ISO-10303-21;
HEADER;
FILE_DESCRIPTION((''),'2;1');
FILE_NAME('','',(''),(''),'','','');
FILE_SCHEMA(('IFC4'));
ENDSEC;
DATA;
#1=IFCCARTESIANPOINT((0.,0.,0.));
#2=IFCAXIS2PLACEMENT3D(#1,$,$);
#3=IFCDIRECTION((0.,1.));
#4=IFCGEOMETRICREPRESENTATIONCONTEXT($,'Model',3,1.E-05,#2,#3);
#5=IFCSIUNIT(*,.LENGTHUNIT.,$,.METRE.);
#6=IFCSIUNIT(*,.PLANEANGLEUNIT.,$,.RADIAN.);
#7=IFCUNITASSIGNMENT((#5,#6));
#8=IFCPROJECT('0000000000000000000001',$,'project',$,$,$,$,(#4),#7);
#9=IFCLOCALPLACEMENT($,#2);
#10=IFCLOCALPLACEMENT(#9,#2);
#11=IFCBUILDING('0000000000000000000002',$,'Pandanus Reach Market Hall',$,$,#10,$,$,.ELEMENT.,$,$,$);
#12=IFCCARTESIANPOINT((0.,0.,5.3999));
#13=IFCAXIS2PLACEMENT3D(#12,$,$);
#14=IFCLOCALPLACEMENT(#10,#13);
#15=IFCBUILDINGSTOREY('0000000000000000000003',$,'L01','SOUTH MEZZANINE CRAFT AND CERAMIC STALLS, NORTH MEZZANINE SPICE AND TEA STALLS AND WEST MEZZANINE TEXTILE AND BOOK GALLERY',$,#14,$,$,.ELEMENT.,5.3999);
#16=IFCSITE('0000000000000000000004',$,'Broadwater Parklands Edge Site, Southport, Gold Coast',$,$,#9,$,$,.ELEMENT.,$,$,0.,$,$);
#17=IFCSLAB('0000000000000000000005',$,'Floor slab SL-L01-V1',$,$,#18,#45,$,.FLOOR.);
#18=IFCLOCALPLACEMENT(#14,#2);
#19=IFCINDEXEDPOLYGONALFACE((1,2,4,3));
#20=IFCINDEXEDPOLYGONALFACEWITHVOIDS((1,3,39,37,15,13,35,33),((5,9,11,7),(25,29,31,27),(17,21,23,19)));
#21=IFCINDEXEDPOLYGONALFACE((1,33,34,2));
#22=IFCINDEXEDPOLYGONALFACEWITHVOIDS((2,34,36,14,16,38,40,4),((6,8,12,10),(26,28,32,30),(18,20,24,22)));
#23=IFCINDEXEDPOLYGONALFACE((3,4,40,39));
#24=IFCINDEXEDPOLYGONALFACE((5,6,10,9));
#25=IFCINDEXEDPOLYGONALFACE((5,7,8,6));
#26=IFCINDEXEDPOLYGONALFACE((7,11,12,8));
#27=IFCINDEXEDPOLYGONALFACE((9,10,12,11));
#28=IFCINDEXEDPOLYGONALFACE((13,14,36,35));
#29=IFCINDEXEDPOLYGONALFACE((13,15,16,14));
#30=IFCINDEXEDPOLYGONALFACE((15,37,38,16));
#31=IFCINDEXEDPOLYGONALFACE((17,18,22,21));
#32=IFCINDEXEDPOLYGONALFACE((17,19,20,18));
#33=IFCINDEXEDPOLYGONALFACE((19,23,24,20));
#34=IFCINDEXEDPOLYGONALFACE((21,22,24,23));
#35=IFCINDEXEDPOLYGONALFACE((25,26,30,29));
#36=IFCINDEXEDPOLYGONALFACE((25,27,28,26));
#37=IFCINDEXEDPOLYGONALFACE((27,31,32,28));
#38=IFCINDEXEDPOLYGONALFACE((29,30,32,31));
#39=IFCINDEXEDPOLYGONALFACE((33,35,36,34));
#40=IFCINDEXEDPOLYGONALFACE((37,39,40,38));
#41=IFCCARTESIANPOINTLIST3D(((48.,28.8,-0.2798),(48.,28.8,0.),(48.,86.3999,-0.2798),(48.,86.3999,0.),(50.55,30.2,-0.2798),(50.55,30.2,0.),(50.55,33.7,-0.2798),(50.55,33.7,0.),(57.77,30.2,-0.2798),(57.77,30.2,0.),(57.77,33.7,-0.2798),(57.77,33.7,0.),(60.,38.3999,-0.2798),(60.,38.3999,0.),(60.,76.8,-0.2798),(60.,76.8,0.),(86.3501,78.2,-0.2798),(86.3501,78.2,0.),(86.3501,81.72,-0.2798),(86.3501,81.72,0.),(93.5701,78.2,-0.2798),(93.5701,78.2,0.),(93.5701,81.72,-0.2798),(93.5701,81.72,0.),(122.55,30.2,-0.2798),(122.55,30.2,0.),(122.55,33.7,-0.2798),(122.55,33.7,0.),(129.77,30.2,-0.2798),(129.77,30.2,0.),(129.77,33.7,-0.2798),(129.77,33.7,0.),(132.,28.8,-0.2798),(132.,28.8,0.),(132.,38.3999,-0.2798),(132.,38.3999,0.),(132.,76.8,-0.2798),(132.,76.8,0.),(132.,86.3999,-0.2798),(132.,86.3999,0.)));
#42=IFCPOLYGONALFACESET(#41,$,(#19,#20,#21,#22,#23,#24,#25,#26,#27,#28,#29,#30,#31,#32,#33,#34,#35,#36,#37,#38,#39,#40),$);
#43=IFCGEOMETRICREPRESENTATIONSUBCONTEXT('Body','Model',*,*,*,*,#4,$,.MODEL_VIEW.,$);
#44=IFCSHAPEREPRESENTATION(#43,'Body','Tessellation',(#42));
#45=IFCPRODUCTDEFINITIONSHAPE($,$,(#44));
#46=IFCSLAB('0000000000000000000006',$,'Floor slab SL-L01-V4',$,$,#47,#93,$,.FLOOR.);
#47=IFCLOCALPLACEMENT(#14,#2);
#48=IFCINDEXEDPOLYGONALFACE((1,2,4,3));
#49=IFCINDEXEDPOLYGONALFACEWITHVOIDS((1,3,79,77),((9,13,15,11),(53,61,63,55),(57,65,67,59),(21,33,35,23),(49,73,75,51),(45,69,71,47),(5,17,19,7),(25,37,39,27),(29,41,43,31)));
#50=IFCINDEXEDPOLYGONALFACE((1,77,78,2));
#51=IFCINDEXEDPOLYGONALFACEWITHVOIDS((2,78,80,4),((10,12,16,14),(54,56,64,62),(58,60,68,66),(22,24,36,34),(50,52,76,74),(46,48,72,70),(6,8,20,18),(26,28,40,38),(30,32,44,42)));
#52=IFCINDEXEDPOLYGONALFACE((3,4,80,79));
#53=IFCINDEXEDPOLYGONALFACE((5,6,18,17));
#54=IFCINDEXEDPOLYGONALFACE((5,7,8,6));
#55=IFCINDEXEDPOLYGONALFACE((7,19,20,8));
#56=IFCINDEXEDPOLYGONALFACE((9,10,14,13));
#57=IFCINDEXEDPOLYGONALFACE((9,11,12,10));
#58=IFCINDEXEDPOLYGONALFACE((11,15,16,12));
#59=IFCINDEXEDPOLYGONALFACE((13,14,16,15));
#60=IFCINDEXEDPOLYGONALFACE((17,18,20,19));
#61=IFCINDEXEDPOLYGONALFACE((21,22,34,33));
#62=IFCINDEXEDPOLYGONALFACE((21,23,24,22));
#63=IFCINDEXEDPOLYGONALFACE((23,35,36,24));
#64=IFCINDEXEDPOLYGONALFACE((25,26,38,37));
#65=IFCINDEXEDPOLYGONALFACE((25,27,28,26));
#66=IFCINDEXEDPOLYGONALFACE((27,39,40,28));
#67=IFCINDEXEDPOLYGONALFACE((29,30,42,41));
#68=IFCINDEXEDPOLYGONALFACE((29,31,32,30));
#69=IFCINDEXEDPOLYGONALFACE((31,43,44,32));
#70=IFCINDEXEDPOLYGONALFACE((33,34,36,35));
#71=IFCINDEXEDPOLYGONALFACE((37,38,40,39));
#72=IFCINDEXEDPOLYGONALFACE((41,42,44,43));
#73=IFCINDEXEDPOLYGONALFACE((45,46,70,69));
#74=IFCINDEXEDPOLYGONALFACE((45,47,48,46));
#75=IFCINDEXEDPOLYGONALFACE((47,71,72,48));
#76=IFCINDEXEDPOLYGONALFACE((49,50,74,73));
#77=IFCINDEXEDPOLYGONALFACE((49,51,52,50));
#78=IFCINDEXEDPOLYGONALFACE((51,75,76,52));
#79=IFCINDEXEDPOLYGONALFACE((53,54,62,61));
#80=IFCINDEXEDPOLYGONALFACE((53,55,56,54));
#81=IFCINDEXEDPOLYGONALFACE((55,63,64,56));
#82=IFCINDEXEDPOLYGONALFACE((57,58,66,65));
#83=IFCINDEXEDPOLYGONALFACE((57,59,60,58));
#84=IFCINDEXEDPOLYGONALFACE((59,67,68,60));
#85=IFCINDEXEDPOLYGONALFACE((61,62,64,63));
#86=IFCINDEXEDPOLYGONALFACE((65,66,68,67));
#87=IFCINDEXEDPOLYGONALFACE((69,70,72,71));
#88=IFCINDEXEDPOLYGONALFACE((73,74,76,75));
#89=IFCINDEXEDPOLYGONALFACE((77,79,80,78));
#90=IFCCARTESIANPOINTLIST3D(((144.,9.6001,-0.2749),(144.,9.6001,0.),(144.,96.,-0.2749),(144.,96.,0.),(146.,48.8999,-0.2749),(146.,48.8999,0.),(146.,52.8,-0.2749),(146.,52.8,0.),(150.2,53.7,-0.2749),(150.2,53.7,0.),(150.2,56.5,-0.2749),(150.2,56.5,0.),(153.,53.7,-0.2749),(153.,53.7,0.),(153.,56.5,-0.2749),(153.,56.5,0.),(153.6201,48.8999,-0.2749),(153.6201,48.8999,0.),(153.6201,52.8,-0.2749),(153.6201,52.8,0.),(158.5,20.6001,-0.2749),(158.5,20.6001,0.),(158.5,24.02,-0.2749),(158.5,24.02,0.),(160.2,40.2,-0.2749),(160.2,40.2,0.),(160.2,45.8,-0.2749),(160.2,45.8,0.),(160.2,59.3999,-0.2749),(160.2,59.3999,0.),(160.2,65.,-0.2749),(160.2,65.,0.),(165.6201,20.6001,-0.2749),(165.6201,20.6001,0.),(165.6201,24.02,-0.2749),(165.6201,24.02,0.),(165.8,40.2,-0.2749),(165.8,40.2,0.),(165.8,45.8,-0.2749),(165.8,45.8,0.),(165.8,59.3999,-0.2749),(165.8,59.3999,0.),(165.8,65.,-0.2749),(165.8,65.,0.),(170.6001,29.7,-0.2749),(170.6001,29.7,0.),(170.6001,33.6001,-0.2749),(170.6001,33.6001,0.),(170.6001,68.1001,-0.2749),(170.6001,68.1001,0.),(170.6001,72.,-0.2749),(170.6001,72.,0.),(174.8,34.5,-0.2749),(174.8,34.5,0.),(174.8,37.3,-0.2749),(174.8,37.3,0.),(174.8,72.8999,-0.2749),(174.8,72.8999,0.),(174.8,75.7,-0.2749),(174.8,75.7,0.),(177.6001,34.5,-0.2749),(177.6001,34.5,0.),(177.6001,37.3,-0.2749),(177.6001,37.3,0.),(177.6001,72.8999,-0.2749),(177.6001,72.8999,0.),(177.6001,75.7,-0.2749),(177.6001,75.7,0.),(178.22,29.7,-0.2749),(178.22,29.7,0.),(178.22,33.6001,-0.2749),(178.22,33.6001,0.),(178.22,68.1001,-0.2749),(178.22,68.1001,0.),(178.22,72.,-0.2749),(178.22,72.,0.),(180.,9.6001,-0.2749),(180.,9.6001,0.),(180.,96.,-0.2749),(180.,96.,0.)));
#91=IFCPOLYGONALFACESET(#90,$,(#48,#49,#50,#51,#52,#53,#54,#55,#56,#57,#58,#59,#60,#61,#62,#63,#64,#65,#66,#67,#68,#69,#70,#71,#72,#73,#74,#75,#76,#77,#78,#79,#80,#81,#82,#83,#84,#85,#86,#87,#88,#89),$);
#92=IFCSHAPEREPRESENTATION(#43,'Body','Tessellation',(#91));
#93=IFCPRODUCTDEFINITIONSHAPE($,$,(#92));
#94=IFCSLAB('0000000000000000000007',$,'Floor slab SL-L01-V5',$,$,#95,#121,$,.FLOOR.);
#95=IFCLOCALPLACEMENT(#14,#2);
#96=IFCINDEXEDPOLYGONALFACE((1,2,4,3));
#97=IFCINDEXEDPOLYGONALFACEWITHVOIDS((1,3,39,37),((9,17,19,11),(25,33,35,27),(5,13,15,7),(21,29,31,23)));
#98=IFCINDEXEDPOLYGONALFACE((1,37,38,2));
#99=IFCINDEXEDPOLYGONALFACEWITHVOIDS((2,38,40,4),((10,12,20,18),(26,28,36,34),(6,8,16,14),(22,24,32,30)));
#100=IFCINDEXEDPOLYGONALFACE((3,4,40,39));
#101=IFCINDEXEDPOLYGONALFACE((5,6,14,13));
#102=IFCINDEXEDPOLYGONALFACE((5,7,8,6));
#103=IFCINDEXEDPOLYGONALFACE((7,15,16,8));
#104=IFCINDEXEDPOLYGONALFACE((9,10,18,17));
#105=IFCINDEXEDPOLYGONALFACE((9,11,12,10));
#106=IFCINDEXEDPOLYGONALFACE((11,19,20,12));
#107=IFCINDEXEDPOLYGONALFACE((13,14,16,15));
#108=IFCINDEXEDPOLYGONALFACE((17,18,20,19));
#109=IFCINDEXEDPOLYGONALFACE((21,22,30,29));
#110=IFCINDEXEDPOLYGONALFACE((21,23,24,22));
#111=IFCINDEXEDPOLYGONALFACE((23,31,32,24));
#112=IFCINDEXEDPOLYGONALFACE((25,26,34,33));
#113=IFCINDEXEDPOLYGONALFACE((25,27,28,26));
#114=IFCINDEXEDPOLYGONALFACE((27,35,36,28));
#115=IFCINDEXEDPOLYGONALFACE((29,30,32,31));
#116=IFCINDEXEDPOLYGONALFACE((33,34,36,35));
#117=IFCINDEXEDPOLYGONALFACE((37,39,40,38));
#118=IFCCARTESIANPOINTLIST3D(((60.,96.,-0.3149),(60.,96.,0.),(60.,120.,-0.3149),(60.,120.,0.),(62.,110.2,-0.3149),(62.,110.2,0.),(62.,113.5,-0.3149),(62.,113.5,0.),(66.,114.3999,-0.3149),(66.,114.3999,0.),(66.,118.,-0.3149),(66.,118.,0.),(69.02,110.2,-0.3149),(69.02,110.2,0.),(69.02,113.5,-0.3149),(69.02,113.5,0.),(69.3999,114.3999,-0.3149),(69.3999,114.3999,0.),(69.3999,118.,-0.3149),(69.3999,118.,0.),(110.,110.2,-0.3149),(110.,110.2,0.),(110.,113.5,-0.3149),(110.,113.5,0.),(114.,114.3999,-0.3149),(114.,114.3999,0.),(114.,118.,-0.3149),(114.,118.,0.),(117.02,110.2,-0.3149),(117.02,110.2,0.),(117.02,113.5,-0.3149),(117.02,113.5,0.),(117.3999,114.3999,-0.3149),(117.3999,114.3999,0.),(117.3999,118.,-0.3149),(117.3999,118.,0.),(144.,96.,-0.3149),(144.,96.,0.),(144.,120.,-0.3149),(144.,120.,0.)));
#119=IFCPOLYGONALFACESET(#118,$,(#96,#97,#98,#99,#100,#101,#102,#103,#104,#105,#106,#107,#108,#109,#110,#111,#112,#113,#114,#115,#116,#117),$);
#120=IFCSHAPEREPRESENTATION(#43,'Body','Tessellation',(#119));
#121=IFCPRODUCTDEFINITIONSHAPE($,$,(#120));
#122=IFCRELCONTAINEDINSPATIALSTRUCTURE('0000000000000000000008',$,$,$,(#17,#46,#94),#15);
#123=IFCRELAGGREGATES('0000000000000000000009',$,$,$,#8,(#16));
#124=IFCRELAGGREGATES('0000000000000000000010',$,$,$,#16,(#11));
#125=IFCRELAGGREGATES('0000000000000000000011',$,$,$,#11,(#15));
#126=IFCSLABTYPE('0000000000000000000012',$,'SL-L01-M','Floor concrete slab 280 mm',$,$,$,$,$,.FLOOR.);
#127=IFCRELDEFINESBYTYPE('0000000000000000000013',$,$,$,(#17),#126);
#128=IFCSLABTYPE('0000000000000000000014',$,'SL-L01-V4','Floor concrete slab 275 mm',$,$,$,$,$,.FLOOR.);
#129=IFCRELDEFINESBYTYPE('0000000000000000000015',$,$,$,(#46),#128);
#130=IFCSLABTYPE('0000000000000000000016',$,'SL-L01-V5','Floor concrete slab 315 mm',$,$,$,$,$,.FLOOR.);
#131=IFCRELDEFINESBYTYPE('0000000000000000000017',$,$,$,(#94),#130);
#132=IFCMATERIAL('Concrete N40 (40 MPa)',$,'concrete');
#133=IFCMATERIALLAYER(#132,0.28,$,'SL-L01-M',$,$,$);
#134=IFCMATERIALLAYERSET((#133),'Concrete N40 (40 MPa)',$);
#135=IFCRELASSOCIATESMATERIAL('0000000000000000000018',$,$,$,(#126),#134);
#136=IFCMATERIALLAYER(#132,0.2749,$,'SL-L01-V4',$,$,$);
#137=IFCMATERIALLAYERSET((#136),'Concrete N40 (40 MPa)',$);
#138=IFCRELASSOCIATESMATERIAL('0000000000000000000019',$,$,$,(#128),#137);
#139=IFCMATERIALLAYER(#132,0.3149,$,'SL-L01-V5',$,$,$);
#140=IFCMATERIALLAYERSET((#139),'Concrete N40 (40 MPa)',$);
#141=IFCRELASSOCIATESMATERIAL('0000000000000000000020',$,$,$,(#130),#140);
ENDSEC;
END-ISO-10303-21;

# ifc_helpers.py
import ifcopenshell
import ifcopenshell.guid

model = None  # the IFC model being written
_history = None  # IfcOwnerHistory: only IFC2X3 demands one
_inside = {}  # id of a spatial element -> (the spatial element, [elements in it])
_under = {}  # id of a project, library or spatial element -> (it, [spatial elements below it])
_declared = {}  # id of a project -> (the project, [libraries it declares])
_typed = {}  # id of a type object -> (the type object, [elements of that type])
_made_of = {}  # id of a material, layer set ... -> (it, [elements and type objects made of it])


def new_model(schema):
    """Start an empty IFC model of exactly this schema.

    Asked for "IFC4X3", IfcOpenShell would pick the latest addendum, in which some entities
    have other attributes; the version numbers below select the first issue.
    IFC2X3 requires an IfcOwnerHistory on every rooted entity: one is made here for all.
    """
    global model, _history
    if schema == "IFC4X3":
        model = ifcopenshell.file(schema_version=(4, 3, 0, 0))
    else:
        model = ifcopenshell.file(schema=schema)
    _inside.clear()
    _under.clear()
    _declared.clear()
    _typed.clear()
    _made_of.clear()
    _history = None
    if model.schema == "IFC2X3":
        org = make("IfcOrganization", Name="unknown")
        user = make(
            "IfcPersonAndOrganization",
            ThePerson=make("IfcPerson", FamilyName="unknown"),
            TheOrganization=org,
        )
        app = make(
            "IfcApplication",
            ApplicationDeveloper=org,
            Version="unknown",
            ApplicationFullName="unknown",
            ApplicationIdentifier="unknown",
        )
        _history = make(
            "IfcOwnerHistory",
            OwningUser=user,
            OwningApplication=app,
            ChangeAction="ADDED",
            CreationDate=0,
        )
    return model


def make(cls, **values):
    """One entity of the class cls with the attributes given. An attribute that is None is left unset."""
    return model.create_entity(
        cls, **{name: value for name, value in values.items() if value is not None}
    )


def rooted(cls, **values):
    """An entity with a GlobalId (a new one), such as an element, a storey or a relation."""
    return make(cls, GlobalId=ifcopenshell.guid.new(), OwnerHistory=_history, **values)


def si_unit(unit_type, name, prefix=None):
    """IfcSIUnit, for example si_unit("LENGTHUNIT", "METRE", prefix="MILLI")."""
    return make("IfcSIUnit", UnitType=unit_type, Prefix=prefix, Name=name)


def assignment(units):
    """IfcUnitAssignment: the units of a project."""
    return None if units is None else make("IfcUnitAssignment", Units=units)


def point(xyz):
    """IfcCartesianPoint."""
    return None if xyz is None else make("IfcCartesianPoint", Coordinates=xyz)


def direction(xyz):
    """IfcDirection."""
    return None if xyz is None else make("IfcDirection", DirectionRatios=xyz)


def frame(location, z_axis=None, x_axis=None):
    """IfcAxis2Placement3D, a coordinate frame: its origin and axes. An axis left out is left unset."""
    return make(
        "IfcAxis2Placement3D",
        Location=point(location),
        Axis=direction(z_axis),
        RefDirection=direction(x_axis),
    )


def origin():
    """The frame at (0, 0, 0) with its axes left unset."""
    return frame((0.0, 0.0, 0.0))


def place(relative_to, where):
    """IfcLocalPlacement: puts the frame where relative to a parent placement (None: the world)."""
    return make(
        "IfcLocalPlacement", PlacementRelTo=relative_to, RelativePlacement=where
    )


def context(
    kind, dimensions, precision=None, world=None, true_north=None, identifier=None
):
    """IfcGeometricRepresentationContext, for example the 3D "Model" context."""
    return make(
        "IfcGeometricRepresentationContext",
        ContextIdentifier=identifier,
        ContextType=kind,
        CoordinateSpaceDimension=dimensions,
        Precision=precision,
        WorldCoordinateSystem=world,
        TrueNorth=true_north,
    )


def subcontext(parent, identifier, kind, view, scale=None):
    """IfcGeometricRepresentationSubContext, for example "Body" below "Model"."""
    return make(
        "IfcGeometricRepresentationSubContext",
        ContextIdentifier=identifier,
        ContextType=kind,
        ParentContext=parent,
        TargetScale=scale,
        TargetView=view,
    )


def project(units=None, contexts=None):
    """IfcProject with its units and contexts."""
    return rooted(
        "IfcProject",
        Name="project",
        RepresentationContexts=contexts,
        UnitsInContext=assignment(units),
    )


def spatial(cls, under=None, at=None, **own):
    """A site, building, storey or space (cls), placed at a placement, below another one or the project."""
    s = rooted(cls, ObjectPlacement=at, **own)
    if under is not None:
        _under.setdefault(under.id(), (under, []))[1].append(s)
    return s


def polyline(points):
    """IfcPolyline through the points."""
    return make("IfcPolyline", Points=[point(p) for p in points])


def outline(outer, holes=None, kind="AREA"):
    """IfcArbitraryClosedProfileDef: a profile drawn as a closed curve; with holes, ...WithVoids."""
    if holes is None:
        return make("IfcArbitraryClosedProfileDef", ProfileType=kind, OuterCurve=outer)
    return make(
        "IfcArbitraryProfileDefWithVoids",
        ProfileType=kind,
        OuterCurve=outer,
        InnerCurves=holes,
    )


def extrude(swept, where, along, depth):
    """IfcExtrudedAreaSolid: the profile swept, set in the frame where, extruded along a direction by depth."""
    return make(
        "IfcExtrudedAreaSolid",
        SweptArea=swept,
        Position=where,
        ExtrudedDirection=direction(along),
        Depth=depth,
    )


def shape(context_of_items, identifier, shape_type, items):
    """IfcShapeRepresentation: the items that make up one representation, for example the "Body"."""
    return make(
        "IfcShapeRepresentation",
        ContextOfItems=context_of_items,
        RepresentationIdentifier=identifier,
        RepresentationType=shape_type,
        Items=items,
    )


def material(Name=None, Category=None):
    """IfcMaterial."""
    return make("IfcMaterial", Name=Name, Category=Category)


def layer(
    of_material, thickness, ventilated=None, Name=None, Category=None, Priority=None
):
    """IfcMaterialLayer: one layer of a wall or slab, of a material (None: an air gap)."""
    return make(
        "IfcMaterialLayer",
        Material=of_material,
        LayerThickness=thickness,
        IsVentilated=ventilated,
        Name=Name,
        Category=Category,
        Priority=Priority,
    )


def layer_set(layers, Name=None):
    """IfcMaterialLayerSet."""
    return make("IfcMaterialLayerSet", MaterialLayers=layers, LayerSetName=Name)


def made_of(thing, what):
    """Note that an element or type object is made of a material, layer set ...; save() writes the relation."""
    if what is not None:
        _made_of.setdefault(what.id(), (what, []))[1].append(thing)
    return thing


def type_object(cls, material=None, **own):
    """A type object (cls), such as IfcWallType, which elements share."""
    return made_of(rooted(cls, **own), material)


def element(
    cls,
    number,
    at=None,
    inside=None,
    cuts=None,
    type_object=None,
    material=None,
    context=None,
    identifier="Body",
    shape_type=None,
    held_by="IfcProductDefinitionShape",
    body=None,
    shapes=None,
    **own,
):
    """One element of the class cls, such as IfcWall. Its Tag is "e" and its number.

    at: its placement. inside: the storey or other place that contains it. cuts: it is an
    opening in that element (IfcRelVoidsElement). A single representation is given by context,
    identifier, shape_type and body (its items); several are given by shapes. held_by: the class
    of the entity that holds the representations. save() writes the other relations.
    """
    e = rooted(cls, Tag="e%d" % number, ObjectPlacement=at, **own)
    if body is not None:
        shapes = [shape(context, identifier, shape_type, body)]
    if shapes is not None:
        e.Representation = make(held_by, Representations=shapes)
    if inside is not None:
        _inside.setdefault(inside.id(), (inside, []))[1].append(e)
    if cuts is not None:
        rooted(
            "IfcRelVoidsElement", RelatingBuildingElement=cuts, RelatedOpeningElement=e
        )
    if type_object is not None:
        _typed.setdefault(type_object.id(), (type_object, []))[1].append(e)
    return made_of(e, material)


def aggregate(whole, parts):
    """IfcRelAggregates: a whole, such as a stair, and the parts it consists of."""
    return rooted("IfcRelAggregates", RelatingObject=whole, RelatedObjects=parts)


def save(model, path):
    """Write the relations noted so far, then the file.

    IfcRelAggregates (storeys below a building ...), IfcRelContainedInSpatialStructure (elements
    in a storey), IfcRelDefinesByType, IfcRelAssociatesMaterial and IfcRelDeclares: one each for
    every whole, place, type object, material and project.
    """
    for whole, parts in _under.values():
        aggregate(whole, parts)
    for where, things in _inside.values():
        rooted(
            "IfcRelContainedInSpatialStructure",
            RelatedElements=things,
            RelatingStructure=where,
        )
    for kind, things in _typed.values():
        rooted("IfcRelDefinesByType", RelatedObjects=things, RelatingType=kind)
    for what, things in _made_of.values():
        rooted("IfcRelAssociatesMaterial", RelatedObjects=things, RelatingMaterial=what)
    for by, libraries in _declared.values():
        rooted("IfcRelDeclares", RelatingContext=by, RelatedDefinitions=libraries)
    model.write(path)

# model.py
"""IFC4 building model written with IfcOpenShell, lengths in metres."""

from ifc_helpers import new_model, si_unit, direction, frame, origin, place, context, subcontext, project, spatial, polyline, outline, extrude, material, layer, layer_set, type_object, element, save


model = new_model("IFC4")

# Units and contexts
model_context = context("Model", 3, precision=1e-05, world=origin(), true_north=direction((0.0, 1.0)))
body_context = subcontext(model_context, "Body", "Model", "MODEL_VIEW")
ifc_project = project(units=[si_unit("LENGTHUNIT", "METRE"), si_unit("PLANEANGLEUNIT", "RADIAN")], contexts=[model_context])

# Site, building, storey
site_placement = place(None, origin())
site = spatial("IfcSite", under=ifc_project, at=site_placement, Name="Broadwater Parklands Edge Site, Southport, Gold Coast", CompositionType="ELEMENT", RefElevation=0.0)
building_placement = place(site_placement, origin())
building = spatial("IfcBuilding", under=site, at=building_placement, Name="Pandanus Reach Market Hall", CompositionType="ELEMENT")
storey_placement = place(building_placement, frame((0.0, 0.0, 5.3999)))
storey = spatial("IfcBuildingStorey", under=building, at=storey_placement, Name="L01", Description="SOUTH MEZZANINE CRAFT AND CERAMIC STALLS, NORTH MEZZANINE SPICE AND TEA STALLS AND WEST MEZZANINE TEXTILE AND BOOK GALLERY", CompositionType="ELEMENT", Elevation=5.3999)

# Shared definitions
ifc_material_1 = material(Name="Concrete N40 (40 MPa)", Category="concrete")

# Slabs
ifc_layer_1 = layer(ifc_material_1, 0.28, Name="SL-L01-M")
ifc_layer_set_1 = layer_set([ifc_layer_1], Name="Concrete N40 (40 MPa)")
slab_type_1 = type_object("IfcSlabType", Name="SL-L01-M", Description="Floor concrete slab 280 mm", PredefinedType="FLOOR", material=ifc_layer_set_1)
slab_1_placement = place(storey_placement, frame((0.0, 0.0, -0.2798)))
element("IfcSlab", 1, at=slab_1_placement, inside=storey, type_object=slab_type_1, Name="Floor slab SL-L01-V1", PredefinedType="FLOOR", context=body_context, shape_type="SweptSolid", body=[
    extrude(outline(polyline([(48.0, 28.8), (132.0, 28.8), (132.0, 38.3999), (60.0, 38.3999), (60.0, 76.8), (132.0, 76.8), (132.0, 86.3999), (48.0, 86.3999), (48.0, 28.8)]), holes=[polyline([(50.55, 30.2), (57.77, 30.2), (57.77, 33.7), (50.55, 33.7), (50.55, 30.2)]), polyline([(122.55, 30.2), (129.77, 30.2), (129.77, 33.7), (122.55, 33.7), (122.55, 30.2)]), polyline([(86.3501, 78.2), (93.5701, 78.2), (93.5701, 81.72), (86.3501, 81.72), (86.3501, 78.2)])]), origin(), (0.0, 0.0, 1.0), 0.2798),
])
ifc_layer_2 = layer(ifc_material_1, 0.2749, Name="SL-L01-V4")
ifc_layer_set_2 = layer_set([ifc_layer_2], Name="Concrete N40 (40 MPa)")
slab_type_2 = type_object("IfcSlabType", Name="SL-L01-V4", Description="Floor concrete slab 275 mm", PredefinedType="FLOOR", material=ifc_layer_set_2)
slab_2_placement = place(storey_placement, frame((0.0, 0.0, -0.2749)))
element("IfcSlab", 2, at=slab_2_placement, inside=storey, type_object=slab_type_2, Name="Floor slab SL-L01-V4", PredefinedType="FLOOR", context=body_context, shape_type="SweptSolid", body=[
    extrude(outline(polyline([(144.0, 9.6001), (180.0, 9.6001), (180.0, 96.0), (144.0, 96.0), (144.0, 9.6001)]), holes=[polyline([(170.6001, 29.7), (178.22, 29.7), (178.22, 33.6001), (170.6001, 33.6001), (170.6001, 29.7)]), polyline([(174.8, 34.5), (177.6001, 34.5), (177.6001, 37.3), (174.8, 37.3), (174.8, 34.5)]), polyline([(170.6001, 68.1001), (178.22, 68.1001), (178.22, 72.0), (170.6001, 72.0), (170.6001, 68.1001)]), polyline([(174.8, 72.8999), (177.6001, 72.8999), (177.6001, 75.7), (174.8, 75.7), (174.8, 72.8999)]), polyline([(146.0, 48.8999), (153.6201, 48.8999), (153.6201, 52.8), (146.0, 52.8), (146.0, 48.8999)]), polyline([(150.2, 53.7), (153.0, 53.7), (153.0, 56.5), (150.2, 56.5), (150.2, 53.7)]), polyline([(158.5, 20.6001), (165.6201, 20.6001), (165.6201, 24.02), (158.5, 24.02), (158.5, 20.6001)]), polyline([(160.2, 40.2), (165.8, 40.2), (165.8, 45.8), (160.2, 45.8), (160.2, 40.2)]), polyline([(160.2, 59.3999), (165.8, 59.3999), (165.8, 65.0), (160.2, 65.0), (160.2, 59.3999)])]), origin(), (0.0, 0.0, 1.0), 0.2749),
])
ifc_layer_3 = layer(ifc_material_1, 0.3149, Name="SL-L01-V5")
ifc_layer_set_3 = layer_set([ifc_layer_3], Name="Concrete N40 (40 MPa)")
slab_type_3 = type_object("IfcSlabType", Name="SL-L01-V5", Description="Floor concrete slab 315 mm", PredefinedType="FLOOR", material=ifc_layer_set_3)
slab_3_placement = place(storey_placement, frame((0.0, 0.0, -0.3149)))
element("IfcSlab", 3, at=slab_3_placement, inside=storey, type_object=slab_type_3, Name="Floor slab SL-L01-V5", PredefinedType="FLOOR", context=body_context, shape_type="SweptSolid", body=[
    extrude(outline(polyline([(60.0, 96.0), (144.0, 96.0), (144.0, 120.0), (60.0, 120.0), (60.0, 96.0)]), holes=[polyline([(62.0, 110.2), (69.02, 110.2), (69.02, 113.5), (62.0, 113.5), (62.0, 110.2)]), polyline([(66.0, 114.3999), (69.3999, 114.3999), (69.3999, 118.0), (66.0, 118.0), (66.0, 114.3999)]), polyline([(110.0, 110.2), (117.02, 110.2), (117.02, 113.5), (110.0, 113.5), (110.0, 110.2)]), polyline([(114.0, 114.3999), (117.3999, 114.3999), (117.3999, 118.0), (114.0, 118.0), (114.0, 114.3999)])]), origin(), (0.0, 0.0, 1.0), 0.3149),
])

save(model, "model.ifc")
